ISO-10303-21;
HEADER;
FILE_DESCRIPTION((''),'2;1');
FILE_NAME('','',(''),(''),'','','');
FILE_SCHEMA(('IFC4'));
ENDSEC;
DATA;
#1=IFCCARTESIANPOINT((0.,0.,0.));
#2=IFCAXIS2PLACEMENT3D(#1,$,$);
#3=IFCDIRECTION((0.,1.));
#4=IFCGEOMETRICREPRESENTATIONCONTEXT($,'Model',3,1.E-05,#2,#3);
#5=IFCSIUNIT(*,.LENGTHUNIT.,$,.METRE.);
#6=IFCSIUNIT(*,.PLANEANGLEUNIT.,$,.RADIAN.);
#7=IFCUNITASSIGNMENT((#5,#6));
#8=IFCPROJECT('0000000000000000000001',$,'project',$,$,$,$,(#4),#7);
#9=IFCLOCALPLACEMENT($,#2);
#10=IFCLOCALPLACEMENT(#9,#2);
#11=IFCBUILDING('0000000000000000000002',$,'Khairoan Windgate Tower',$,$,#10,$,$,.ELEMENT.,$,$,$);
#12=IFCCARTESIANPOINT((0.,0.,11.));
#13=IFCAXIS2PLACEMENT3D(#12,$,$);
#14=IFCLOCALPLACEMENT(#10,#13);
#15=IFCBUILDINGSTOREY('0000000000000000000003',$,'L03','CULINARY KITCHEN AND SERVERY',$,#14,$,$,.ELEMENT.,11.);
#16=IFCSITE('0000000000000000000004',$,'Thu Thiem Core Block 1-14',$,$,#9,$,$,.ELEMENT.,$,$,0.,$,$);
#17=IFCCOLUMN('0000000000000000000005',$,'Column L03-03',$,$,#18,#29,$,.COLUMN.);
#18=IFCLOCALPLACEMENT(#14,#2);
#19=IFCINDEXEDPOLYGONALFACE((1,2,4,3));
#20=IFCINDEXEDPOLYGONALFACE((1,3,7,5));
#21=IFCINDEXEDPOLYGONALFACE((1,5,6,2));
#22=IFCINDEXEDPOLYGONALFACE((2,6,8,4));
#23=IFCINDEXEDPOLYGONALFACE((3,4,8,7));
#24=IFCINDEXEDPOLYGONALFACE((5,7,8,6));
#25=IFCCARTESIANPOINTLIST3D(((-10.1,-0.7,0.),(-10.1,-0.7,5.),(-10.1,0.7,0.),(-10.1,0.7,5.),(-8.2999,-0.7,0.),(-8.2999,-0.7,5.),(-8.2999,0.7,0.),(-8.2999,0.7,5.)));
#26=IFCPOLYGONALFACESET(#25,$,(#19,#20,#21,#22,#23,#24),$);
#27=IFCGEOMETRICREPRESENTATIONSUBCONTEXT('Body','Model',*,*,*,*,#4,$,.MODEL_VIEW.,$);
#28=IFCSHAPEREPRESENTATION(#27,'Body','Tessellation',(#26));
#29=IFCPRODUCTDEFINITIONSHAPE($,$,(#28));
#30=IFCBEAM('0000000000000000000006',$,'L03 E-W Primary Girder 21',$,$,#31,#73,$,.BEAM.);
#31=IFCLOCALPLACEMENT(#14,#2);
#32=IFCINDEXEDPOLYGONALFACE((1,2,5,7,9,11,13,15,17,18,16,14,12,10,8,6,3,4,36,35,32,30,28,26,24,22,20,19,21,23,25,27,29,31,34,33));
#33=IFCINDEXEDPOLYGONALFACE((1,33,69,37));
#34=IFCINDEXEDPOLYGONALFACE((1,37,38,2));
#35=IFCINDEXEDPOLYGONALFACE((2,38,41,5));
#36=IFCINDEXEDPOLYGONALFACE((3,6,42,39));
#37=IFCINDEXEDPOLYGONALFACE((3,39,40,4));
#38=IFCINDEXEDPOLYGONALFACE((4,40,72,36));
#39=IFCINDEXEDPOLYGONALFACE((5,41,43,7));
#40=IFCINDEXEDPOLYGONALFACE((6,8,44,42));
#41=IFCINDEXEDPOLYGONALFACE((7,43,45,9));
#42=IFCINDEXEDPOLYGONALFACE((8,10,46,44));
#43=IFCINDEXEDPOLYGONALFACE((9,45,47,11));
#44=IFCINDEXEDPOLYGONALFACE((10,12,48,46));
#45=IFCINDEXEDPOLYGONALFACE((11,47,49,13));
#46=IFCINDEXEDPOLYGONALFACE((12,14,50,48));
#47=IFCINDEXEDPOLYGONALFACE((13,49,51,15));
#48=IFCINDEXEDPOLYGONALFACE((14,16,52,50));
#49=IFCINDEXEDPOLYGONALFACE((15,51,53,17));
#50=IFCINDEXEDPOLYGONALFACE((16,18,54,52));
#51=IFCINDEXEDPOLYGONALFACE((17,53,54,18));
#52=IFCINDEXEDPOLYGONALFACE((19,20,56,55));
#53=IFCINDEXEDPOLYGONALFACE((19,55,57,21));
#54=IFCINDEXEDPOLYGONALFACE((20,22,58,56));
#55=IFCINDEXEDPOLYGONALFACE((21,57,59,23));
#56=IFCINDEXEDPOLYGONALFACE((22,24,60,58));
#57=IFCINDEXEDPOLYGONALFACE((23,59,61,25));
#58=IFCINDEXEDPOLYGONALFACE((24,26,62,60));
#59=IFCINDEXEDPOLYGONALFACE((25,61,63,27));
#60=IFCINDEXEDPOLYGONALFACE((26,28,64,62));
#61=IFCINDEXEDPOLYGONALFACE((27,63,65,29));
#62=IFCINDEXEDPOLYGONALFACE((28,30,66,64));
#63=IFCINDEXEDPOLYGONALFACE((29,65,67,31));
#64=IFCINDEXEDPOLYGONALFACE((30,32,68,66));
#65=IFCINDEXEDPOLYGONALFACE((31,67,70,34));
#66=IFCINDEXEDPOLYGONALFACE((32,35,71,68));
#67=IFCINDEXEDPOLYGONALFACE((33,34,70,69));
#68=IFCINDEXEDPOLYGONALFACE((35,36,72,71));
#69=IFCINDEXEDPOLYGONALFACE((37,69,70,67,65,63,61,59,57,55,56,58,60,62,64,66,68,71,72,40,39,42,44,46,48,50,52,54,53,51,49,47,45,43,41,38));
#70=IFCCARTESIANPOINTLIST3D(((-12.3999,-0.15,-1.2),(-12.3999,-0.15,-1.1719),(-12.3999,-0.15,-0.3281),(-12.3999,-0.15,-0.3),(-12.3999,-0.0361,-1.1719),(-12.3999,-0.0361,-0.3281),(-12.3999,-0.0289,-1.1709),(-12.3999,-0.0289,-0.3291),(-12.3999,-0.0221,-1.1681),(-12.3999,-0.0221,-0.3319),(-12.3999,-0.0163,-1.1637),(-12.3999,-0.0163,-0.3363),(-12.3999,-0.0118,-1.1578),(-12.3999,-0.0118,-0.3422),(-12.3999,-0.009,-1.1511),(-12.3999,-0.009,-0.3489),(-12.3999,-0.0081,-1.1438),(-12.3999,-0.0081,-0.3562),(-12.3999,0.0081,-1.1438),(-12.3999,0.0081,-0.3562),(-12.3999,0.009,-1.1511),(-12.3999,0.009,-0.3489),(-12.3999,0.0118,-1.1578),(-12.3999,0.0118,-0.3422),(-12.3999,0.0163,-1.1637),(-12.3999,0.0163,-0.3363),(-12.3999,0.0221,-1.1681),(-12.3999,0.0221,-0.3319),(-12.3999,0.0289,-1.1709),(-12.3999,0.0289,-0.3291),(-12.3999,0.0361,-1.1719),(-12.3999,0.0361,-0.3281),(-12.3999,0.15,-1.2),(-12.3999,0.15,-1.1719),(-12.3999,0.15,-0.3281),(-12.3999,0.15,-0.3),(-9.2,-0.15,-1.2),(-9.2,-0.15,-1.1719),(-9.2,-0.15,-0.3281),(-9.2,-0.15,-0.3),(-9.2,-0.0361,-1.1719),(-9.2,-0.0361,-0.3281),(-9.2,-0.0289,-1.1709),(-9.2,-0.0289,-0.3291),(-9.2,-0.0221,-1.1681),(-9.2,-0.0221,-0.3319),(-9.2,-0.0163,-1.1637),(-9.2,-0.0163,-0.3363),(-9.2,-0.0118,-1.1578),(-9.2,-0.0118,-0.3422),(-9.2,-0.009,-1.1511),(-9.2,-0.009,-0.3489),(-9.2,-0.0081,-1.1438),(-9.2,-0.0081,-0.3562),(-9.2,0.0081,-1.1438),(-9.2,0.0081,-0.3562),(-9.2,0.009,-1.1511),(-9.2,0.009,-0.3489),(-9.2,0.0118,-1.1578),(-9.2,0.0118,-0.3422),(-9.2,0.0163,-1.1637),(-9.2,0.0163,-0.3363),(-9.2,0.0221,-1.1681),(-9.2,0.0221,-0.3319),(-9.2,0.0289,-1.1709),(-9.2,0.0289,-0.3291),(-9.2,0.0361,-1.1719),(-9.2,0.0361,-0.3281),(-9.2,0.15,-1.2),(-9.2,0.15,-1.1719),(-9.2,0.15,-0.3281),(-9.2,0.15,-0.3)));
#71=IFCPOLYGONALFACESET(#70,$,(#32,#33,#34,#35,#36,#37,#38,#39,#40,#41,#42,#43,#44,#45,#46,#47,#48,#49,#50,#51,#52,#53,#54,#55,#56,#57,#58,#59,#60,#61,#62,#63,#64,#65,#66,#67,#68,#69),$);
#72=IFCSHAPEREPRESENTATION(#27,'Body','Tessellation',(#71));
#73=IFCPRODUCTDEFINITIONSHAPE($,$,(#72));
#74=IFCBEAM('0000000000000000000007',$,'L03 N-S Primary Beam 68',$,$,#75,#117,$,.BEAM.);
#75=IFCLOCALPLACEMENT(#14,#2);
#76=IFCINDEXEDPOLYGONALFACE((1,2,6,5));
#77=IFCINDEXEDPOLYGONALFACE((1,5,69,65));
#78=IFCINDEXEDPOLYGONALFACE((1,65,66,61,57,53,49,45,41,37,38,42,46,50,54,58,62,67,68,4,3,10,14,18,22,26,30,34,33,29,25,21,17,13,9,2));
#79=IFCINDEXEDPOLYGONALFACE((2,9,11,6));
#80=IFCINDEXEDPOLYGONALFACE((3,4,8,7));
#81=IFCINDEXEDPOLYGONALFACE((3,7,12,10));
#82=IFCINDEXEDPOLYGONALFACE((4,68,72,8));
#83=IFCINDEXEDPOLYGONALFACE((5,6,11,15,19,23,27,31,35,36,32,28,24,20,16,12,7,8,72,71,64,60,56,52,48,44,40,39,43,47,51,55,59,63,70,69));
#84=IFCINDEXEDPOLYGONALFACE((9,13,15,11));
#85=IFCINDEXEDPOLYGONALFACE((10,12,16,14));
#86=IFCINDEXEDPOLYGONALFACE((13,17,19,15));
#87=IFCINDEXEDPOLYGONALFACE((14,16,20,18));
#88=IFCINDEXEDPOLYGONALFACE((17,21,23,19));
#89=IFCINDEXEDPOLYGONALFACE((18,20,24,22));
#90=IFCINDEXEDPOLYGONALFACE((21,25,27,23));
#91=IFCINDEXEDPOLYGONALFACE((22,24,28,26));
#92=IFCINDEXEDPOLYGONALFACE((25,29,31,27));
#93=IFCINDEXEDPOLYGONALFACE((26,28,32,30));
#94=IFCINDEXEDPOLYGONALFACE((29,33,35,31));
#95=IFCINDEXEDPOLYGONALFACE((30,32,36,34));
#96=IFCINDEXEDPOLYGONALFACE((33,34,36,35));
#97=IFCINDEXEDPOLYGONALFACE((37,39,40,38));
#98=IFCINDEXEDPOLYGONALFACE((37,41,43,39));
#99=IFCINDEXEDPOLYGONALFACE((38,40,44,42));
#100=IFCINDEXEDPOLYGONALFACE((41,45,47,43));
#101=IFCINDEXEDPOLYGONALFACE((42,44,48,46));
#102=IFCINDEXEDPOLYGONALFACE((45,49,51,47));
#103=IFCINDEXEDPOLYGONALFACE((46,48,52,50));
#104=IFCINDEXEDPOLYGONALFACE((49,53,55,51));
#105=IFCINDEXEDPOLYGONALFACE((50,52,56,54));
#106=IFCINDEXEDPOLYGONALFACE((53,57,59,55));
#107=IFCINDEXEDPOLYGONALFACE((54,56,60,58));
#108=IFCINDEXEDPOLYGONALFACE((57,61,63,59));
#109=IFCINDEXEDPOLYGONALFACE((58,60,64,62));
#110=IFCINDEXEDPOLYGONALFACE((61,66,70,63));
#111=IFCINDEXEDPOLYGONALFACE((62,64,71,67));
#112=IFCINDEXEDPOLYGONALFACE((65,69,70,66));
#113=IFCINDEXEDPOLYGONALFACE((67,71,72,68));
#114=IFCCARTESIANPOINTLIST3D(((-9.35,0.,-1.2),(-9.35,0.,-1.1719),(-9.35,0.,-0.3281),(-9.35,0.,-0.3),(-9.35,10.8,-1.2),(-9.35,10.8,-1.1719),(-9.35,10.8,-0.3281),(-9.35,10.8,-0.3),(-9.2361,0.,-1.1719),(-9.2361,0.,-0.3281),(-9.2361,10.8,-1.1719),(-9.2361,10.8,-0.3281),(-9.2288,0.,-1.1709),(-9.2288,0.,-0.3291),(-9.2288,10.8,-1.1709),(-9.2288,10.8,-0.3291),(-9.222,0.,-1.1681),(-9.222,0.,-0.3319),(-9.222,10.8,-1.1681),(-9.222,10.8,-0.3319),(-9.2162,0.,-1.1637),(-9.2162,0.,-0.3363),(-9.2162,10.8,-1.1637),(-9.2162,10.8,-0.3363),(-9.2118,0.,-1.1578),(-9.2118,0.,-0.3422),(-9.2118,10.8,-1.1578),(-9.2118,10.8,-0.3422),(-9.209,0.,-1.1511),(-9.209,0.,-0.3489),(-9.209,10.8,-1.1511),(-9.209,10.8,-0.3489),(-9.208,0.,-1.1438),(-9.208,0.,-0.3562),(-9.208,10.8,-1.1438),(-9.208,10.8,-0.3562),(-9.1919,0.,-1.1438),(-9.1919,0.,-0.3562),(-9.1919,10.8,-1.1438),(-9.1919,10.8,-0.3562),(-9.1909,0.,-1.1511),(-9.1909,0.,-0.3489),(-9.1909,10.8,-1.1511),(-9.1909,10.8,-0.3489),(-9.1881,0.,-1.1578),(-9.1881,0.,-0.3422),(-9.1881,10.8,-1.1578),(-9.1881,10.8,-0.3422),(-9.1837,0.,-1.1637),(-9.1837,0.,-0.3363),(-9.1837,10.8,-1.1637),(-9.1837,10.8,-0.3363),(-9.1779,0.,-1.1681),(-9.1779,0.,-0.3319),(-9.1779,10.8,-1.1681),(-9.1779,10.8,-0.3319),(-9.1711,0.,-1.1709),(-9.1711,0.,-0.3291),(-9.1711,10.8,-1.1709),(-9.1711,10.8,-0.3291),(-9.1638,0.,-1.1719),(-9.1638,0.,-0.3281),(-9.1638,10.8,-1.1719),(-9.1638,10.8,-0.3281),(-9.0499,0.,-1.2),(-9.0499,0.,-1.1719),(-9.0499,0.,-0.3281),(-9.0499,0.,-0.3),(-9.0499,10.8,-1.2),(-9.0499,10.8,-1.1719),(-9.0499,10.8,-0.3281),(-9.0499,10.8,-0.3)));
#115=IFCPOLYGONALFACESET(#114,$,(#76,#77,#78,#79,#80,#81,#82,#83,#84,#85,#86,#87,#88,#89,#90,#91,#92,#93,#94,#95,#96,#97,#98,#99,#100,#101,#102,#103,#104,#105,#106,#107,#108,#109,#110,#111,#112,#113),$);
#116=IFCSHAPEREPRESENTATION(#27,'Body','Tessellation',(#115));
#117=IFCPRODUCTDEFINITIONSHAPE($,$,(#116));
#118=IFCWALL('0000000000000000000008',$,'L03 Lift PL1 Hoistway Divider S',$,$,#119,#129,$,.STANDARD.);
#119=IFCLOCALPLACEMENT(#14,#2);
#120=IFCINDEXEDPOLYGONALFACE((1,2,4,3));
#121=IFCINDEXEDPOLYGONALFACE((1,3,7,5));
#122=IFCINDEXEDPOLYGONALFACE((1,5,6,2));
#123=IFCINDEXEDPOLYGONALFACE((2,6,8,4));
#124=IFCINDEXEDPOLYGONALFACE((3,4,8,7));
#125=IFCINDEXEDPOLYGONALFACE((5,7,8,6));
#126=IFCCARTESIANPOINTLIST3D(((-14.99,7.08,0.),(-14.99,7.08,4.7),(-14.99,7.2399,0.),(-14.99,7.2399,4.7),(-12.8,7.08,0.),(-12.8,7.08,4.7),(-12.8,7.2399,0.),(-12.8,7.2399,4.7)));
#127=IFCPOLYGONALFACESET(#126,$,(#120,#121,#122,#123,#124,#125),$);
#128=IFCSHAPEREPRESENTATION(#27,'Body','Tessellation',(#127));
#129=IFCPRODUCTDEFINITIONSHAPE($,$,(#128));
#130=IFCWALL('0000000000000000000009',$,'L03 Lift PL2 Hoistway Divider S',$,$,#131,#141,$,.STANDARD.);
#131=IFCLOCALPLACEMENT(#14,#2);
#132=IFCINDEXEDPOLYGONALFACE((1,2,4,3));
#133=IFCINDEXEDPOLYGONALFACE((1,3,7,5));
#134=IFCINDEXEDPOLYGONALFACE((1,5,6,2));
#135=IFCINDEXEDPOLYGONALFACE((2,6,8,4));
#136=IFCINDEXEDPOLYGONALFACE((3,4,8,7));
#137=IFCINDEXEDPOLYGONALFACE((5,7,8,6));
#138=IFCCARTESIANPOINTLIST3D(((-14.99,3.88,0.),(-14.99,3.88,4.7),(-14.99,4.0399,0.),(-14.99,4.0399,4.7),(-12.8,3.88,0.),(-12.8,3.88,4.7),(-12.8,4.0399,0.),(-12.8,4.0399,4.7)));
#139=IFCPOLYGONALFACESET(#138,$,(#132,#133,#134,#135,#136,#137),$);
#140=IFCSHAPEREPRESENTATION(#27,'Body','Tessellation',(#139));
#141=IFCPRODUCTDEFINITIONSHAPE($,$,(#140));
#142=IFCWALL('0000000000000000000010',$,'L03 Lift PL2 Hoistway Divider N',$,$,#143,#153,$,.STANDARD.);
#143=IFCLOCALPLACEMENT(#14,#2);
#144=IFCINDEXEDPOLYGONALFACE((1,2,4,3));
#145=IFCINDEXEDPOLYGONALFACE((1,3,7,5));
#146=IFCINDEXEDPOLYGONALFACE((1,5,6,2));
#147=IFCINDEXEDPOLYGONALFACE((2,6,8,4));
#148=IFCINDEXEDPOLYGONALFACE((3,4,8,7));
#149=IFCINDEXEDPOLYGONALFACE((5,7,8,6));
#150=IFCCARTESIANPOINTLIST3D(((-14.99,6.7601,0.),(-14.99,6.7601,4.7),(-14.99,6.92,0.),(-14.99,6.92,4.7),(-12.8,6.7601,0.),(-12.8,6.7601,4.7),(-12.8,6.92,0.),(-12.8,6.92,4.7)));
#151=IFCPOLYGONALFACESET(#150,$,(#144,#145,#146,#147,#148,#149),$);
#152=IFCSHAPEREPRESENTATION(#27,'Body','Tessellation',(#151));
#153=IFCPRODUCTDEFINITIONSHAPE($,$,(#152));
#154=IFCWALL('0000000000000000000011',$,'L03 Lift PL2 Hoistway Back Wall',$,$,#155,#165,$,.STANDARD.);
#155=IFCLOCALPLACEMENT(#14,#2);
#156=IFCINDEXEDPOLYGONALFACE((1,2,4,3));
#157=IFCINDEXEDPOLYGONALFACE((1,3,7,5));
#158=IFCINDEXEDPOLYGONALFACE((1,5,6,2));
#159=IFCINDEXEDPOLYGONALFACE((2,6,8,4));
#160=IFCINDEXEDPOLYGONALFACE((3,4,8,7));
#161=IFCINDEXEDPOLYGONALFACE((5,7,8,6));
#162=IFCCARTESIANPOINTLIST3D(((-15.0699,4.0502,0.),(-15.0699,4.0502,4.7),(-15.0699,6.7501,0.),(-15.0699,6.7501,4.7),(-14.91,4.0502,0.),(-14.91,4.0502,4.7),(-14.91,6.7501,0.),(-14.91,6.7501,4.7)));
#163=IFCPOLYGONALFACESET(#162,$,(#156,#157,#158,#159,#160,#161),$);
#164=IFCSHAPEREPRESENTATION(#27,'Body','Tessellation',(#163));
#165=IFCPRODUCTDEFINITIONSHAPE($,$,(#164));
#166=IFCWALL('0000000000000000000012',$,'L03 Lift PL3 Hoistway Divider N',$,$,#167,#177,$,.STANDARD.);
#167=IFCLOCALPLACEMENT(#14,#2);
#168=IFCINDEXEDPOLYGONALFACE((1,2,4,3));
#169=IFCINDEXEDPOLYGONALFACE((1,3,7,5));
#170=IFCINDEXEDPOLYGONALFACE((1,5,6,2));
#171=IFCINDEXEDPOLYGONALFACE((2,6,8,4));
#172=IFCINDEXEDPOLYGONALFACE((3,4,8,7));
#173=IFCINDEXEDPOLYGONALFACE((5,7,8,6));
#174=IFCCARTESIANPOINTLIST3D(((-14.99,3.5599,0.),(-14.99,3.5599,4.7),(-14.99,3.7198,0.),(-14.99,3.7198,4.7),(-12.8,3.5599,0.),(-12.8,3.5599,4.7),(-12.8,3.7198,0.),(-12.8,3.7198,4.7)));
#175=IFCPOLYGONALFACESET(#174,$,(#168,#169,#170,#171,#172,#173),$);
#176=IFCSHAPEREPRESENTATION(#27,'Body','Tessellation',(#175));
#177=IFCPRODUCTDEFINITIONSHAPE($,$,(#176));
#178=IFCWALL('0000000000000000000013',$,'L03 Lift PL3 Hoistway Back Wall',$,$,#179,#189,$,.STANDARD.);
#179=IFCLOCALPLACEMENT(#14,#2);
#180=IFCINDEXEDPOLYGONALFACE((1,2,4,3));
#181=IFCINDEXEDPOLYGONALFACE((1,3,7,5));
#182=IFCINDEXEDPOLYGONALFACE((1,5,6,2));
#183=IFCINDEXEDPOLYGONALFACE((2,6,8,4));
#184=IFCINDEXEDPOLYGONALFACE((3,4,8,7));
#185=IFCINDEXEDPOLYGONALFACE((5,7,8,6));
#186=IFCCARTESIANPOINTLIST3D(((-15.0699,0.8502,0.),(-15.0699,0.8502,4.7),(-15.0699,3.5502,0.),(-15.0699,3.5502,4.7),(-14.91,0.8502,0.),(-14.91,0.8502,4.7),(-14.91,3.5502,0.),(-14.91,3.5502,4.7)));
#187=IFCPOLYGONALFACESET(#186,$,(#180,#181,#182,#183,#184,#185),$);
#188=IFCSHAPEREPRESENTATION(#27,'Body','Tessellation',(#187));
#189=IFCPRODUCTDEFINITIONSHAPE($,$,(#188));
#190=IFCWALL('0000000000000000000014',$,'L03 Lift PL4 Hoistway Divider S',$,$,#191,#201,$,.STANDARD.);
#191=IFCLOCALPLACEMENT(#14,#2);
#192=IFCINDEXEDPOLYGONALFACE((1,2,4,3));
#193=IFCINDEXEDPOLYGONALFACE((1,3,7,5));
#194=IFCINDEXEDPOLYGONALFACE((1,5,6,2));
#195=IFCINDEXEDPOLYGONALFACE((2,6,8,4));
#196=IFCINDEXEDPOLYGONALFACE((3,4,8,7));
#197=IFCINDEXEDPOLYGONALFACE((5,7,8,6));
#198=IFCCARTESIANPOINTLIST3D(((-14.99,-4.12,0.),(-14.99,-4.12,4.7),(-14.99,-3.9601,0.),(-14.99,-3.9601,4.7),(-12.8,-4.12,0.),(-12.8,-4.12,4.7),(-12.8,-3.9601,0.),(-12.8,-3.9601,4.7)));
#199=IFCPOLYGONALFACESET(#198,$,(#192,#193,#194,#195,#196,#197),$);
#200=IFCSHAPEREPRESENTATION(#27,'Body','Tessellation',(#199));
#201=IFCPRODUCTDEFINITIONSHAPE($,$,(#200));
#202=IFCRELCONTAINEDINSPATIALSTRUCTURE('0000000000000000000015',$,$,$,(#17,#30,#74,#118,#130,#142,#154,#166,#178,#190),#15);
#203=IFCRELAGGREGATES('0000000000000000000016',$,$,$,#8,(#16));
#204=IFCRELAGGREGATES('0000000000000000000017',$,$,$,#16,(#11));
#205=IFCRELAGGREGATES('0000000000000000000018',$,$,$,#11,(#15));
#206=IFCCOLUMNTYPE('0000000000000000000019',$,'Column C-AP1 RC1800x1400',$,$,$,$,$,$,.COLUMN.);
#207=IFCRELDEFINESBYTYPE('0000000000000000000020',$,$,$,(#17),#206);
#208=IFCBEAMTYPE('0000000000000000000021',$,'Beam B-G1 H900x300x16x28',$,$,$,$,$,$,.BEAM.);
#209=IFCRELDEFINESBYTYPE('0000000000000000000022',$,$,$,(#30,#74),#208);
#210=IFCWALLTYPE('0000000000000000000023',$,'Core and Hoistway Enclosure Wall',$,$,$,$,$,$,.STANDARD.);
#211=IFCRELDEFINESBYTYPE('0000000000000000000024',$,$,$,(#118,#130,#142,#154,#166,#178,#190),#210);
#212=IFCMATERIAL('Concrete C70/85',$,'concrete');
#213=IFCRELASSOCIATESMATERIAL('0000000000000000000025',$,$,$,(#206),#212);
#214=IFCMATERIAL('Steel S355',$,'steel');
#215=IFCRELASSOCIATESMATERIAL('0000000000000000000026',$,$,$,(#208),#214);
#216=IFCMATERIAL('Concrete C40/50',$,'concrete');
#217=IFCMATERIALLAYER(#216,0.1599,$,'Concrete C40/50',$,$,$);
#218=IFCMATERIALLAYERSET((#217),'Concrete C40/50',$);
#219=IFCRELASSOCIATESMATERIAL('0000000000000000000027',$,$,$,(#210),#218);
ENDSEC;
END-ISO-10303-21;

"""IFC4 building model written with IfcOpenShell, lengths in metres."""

from ifc_helpers import new_model, si_unit, direction, frame, frame_2d, origin, origin_2d, place, context, subcontext, project, spatial, rectangle, i_section, extrude, material, layer, layer_set, material_profile, profile_set, type_object, element, save


model = new_model("IFC4")

# Units and contexts
model_context = context("Model", 3, precision=1e-05, world=origin(), true_north=direction((0.0, 1.0)))
body_context = subcontext(model_context, "Body", "Model", "MODEL_VIEW")
ifc_project = project(units=[si_unit("LENGTHUNIT", "METRE"), si_unit("PLANEANGLEUNIT", "RADIAN")], contexts=[model_context])

# Site, building, storey
site_placement = place(None, origin())
site = spatial("IfcSite", under=ifc_project, at=site_placement, Name="Thu Thiem Core Block 1-14", CompositionType="ELEMENT", RefElevation=0.0)
building_placement = place(site_placement, origin())
building = spatial("IfcBuilding", under=site, at=building_placement, Name="Khairoan Windgate Tower", CompositionType="ELEMENT")
storey_placement = place(building_placement, frame((0.0, 0.0, 11.0)))
storey = spatial("IfcBuildingStorey", under=building, at=storey_placement, Name="L03", Description="CULINARY KITCHEN AND SERVERY", CompositionType="ELEMENT", Elevation=11.0)

# Column
ifc_material_1 = material(Name="Concrete C70/85", Category="concrete")
ifc_material_profile_1 = material_profile(ifc_material_1, rectangle(XDim=1.8, YDim=1.3999, at=origin_2d()))
ifc_profile_set_1 = profile_set([ifc_material_profile_1], Name="Concrete C70/85")
column_type = type_object("IfcColumnType", Name="Column C-AP1 RC1800x1400", PredefinedType="COLUMN", material=ifc_profile_set_1)
column_placement = place(storey_placement, frame((-9.2, 0.0, 0.0), z_axis=(0.0, 0.0, 1.0), x_axis=(1.0, 0.0, 0.0)))
element("IfcColumn", 1, at=column_placement, inside=storey, type_object=column_type, Name="Column L03-03", PredefinedType="COLUMN", context=body_context, shape_type="SweptSolid", body=[
    extrude(rectangle(XDim=1.8, YDim=1.3999, at=origin_2d()), origin(), (0.0, 0.0, 1.0), 5.0),
])

# Beams
ifc_material_2 = material(Name="Steel S355", Category="steel")
ifc_material_profile_2 = material_profile(ifc_material_2, i_section(OverallWidth=0.3, OverallDepth=0.8999, WebThickness=0.0161, FlangeThickness=0.0281, FilletRadius=0.0281, at=origin_2d()))
ifc_profile_set_2 = profile_set([ifc_material_profile_2], Name="Steel S355")
beam_type = type_object("IfcBeamType", Name="Beam B-G1 H900x300x16x28", PredefinedType="BEAM", material=ifc_profile_set_2)
beam_1_placement = place(storey_placement, frame((-12.3999, 0.0, -0.75), z_axis=(1.0, 0.0, 0.0), x_axis=(0.0, 1.0, 0.0)))
element("IfcBeam", 2, at=beam_1_placement, inside=storey, type_object=beam_type, Name="L03 E-W Primary Girder 21", PredefinedType="BEAM", context=body_context, shape_type="SweptSolid", body=[
    extrude(i_section(OverallWidth=0.3, OverallDepth=0.8999, WebThickness=0.0161, FlangeThickness=0.0281, FilletRadius=0.0281, at=origin_2d()), origin(), (0.0, 0.0, 1.0), 3.2),
])
beam_2_placement = place(storey_placement, frame((-9.2, 0.0, -0.75), z_axis=(0.0, 1.0, 0.0), x_axis=(-1.0, 0.0, 0.0)))
element("IfcBeam", 3, at=beam_2_placement, inside=storey, type_object=beam_type, Name="L03 N-S Primary Beam 68", PredefinedType="BEAM", context=body_context, shape_type="SweptSolid", body=[
    extrude(i_section(OverallWidth=0.3, OverallDepth=0.8999, WebThickness=0.0161, FlangeThickness=0.0281, FilletRadius=0.0281, at=origin_2d()), origin(), (0.0, 0.0, 1.0), 10.8),
])

# Walls
ifc_material_3 = material(Name="Concrete C40/50", Category="concrete")
ifc_layer_1 = layer(ifc_material_3, 0.1599, Name="Concrete C40/50")
ifc_layer_set_1 = layer_set([ifc_layer_1], Name="Concrete C40/50")
wall_type_1 = type_object("IfcWallType", Name="Core and Hoistway Enclosure Wall", PredefinedType="STANDARD", material=ifc_layer_set_1)
for number, where, z_axis, x_axis, name in (
    (4, (-14.99, 7.1599, 0.0), (0.0, 0.0, 1.0), (1.0, 0.0, 0.0), "L03 Lift PL1 Hoistway Divider S"),
    (5, (-14.99, 3.96, 0.0), (0.0, 0.0, 1.0), (1.0, 0.0, 0.0), "L03 Lift PL2 Hoistway Divider S"),
    (6, (-14.99, 6.8401, 0.0), (0.0, 0.0, 1.0), (1.0, 0.0, 0.0), "L03 Lift PL2 Hoistway Divider N"),
):
    element("IfcWall", number, at=place(storey_placement, frame(where, z_axis=z_axis, x_axis=x_axis)), inside=storey, type_object=wall_type_1, Name=name, PredefinedType="STANDARD", context=body_context, shape_type="SweptSolid", body=[
        extrude(rectangle(XDim=2.1899, YDim=0.1599, at=frame_2d((1.095, 0.0))), origin(), (0.0, 0.0, 1.0), 4.7),
    ])
wall_1_placement = place(storey_placement, frame((-14.99, 4.05, 0.0), z_axis=(0.0, 0.0, 1.0), x_axis=(0.0, 1.0, 0.0)))
element("IfcWall", 7, at=wall_1_placement, inside=storey, type_object=wall_type_1, Name="L03 Lift PL2 Hoistway Back Wall", PredefinedType="STANDARD", context=body_context, shape_type="SweptSolid", body=[
    extrude(rectangle(XDim=2.7, YDim=0.1599, at=frame_2d((1.3501, 0.0))), origin(), (0.0, 0.0, 1.0), 4.7),
])
wall_2_placement = place(storey_placement, frame((-14.99, 3.6399, 0.0), z_axis=(0.0, 0.0, 1.0), x_axis=(1.0, 0.0, 0.0)))
element("IfcWall", 8, at=wall_2_placement, inside=storey, type_object=wall_type_1, Name="L03 Lift PL3 Hoistway Divider N", PredefinedType="STANDARD", context=body_context, shape_type="SweptSolid", body=[
    extrude(rectangle(XDim=2.1899, YDim=0.1599, at=frame_2d((1.095, 0.0))), origin(), (0.0, 0.0, 1.0), 4.7),
])
wall_3_placement = place(storey_placement, frame((-14.99, 0.8501, 0.0), z_axis=(0.0, 0.0, 1.0), x_axis=(0.0, 1.0, 0.0)))
element("IfcWall", 9, at=wall_3_placement, inside=storey, type_object=wall_type_1, Name="L03 Lift PL3 Hoistway Back Wall", PredefinedType="STANDARD", context=body_context, shape_type="SweptSolid", body=[
    extrude(rectangle(XDim=2.7, YDim=0.1599, at=frame_2d((1.3501, 0.0))), origin(), (0.0, 0.0, 1.0), 4.7),
])
wall_4_placement = place(storey_placement, frame((-14.99, -4.04, 0.0), z_axis=(0.0, 0.0, 1.0), x_axis=(1.0, 0.0, 0.0)))
element("IfcWall", 10, at=wall_4_placement, inside=storey, type_object=wall_type_1, Name="L03 Lift PL4 Hoistway Divider S", PredefinedType="STANDARD", context=body_context, shape_type="SweptSolid", body=[
    extrude(rectangle(XDim=2.1899, YDim=0.1599, at=frame_2d((1.095, 0.0))), origin(), (0.0, 0.0, 1.0), 4.7),
])

save(model, "model.ifc")
